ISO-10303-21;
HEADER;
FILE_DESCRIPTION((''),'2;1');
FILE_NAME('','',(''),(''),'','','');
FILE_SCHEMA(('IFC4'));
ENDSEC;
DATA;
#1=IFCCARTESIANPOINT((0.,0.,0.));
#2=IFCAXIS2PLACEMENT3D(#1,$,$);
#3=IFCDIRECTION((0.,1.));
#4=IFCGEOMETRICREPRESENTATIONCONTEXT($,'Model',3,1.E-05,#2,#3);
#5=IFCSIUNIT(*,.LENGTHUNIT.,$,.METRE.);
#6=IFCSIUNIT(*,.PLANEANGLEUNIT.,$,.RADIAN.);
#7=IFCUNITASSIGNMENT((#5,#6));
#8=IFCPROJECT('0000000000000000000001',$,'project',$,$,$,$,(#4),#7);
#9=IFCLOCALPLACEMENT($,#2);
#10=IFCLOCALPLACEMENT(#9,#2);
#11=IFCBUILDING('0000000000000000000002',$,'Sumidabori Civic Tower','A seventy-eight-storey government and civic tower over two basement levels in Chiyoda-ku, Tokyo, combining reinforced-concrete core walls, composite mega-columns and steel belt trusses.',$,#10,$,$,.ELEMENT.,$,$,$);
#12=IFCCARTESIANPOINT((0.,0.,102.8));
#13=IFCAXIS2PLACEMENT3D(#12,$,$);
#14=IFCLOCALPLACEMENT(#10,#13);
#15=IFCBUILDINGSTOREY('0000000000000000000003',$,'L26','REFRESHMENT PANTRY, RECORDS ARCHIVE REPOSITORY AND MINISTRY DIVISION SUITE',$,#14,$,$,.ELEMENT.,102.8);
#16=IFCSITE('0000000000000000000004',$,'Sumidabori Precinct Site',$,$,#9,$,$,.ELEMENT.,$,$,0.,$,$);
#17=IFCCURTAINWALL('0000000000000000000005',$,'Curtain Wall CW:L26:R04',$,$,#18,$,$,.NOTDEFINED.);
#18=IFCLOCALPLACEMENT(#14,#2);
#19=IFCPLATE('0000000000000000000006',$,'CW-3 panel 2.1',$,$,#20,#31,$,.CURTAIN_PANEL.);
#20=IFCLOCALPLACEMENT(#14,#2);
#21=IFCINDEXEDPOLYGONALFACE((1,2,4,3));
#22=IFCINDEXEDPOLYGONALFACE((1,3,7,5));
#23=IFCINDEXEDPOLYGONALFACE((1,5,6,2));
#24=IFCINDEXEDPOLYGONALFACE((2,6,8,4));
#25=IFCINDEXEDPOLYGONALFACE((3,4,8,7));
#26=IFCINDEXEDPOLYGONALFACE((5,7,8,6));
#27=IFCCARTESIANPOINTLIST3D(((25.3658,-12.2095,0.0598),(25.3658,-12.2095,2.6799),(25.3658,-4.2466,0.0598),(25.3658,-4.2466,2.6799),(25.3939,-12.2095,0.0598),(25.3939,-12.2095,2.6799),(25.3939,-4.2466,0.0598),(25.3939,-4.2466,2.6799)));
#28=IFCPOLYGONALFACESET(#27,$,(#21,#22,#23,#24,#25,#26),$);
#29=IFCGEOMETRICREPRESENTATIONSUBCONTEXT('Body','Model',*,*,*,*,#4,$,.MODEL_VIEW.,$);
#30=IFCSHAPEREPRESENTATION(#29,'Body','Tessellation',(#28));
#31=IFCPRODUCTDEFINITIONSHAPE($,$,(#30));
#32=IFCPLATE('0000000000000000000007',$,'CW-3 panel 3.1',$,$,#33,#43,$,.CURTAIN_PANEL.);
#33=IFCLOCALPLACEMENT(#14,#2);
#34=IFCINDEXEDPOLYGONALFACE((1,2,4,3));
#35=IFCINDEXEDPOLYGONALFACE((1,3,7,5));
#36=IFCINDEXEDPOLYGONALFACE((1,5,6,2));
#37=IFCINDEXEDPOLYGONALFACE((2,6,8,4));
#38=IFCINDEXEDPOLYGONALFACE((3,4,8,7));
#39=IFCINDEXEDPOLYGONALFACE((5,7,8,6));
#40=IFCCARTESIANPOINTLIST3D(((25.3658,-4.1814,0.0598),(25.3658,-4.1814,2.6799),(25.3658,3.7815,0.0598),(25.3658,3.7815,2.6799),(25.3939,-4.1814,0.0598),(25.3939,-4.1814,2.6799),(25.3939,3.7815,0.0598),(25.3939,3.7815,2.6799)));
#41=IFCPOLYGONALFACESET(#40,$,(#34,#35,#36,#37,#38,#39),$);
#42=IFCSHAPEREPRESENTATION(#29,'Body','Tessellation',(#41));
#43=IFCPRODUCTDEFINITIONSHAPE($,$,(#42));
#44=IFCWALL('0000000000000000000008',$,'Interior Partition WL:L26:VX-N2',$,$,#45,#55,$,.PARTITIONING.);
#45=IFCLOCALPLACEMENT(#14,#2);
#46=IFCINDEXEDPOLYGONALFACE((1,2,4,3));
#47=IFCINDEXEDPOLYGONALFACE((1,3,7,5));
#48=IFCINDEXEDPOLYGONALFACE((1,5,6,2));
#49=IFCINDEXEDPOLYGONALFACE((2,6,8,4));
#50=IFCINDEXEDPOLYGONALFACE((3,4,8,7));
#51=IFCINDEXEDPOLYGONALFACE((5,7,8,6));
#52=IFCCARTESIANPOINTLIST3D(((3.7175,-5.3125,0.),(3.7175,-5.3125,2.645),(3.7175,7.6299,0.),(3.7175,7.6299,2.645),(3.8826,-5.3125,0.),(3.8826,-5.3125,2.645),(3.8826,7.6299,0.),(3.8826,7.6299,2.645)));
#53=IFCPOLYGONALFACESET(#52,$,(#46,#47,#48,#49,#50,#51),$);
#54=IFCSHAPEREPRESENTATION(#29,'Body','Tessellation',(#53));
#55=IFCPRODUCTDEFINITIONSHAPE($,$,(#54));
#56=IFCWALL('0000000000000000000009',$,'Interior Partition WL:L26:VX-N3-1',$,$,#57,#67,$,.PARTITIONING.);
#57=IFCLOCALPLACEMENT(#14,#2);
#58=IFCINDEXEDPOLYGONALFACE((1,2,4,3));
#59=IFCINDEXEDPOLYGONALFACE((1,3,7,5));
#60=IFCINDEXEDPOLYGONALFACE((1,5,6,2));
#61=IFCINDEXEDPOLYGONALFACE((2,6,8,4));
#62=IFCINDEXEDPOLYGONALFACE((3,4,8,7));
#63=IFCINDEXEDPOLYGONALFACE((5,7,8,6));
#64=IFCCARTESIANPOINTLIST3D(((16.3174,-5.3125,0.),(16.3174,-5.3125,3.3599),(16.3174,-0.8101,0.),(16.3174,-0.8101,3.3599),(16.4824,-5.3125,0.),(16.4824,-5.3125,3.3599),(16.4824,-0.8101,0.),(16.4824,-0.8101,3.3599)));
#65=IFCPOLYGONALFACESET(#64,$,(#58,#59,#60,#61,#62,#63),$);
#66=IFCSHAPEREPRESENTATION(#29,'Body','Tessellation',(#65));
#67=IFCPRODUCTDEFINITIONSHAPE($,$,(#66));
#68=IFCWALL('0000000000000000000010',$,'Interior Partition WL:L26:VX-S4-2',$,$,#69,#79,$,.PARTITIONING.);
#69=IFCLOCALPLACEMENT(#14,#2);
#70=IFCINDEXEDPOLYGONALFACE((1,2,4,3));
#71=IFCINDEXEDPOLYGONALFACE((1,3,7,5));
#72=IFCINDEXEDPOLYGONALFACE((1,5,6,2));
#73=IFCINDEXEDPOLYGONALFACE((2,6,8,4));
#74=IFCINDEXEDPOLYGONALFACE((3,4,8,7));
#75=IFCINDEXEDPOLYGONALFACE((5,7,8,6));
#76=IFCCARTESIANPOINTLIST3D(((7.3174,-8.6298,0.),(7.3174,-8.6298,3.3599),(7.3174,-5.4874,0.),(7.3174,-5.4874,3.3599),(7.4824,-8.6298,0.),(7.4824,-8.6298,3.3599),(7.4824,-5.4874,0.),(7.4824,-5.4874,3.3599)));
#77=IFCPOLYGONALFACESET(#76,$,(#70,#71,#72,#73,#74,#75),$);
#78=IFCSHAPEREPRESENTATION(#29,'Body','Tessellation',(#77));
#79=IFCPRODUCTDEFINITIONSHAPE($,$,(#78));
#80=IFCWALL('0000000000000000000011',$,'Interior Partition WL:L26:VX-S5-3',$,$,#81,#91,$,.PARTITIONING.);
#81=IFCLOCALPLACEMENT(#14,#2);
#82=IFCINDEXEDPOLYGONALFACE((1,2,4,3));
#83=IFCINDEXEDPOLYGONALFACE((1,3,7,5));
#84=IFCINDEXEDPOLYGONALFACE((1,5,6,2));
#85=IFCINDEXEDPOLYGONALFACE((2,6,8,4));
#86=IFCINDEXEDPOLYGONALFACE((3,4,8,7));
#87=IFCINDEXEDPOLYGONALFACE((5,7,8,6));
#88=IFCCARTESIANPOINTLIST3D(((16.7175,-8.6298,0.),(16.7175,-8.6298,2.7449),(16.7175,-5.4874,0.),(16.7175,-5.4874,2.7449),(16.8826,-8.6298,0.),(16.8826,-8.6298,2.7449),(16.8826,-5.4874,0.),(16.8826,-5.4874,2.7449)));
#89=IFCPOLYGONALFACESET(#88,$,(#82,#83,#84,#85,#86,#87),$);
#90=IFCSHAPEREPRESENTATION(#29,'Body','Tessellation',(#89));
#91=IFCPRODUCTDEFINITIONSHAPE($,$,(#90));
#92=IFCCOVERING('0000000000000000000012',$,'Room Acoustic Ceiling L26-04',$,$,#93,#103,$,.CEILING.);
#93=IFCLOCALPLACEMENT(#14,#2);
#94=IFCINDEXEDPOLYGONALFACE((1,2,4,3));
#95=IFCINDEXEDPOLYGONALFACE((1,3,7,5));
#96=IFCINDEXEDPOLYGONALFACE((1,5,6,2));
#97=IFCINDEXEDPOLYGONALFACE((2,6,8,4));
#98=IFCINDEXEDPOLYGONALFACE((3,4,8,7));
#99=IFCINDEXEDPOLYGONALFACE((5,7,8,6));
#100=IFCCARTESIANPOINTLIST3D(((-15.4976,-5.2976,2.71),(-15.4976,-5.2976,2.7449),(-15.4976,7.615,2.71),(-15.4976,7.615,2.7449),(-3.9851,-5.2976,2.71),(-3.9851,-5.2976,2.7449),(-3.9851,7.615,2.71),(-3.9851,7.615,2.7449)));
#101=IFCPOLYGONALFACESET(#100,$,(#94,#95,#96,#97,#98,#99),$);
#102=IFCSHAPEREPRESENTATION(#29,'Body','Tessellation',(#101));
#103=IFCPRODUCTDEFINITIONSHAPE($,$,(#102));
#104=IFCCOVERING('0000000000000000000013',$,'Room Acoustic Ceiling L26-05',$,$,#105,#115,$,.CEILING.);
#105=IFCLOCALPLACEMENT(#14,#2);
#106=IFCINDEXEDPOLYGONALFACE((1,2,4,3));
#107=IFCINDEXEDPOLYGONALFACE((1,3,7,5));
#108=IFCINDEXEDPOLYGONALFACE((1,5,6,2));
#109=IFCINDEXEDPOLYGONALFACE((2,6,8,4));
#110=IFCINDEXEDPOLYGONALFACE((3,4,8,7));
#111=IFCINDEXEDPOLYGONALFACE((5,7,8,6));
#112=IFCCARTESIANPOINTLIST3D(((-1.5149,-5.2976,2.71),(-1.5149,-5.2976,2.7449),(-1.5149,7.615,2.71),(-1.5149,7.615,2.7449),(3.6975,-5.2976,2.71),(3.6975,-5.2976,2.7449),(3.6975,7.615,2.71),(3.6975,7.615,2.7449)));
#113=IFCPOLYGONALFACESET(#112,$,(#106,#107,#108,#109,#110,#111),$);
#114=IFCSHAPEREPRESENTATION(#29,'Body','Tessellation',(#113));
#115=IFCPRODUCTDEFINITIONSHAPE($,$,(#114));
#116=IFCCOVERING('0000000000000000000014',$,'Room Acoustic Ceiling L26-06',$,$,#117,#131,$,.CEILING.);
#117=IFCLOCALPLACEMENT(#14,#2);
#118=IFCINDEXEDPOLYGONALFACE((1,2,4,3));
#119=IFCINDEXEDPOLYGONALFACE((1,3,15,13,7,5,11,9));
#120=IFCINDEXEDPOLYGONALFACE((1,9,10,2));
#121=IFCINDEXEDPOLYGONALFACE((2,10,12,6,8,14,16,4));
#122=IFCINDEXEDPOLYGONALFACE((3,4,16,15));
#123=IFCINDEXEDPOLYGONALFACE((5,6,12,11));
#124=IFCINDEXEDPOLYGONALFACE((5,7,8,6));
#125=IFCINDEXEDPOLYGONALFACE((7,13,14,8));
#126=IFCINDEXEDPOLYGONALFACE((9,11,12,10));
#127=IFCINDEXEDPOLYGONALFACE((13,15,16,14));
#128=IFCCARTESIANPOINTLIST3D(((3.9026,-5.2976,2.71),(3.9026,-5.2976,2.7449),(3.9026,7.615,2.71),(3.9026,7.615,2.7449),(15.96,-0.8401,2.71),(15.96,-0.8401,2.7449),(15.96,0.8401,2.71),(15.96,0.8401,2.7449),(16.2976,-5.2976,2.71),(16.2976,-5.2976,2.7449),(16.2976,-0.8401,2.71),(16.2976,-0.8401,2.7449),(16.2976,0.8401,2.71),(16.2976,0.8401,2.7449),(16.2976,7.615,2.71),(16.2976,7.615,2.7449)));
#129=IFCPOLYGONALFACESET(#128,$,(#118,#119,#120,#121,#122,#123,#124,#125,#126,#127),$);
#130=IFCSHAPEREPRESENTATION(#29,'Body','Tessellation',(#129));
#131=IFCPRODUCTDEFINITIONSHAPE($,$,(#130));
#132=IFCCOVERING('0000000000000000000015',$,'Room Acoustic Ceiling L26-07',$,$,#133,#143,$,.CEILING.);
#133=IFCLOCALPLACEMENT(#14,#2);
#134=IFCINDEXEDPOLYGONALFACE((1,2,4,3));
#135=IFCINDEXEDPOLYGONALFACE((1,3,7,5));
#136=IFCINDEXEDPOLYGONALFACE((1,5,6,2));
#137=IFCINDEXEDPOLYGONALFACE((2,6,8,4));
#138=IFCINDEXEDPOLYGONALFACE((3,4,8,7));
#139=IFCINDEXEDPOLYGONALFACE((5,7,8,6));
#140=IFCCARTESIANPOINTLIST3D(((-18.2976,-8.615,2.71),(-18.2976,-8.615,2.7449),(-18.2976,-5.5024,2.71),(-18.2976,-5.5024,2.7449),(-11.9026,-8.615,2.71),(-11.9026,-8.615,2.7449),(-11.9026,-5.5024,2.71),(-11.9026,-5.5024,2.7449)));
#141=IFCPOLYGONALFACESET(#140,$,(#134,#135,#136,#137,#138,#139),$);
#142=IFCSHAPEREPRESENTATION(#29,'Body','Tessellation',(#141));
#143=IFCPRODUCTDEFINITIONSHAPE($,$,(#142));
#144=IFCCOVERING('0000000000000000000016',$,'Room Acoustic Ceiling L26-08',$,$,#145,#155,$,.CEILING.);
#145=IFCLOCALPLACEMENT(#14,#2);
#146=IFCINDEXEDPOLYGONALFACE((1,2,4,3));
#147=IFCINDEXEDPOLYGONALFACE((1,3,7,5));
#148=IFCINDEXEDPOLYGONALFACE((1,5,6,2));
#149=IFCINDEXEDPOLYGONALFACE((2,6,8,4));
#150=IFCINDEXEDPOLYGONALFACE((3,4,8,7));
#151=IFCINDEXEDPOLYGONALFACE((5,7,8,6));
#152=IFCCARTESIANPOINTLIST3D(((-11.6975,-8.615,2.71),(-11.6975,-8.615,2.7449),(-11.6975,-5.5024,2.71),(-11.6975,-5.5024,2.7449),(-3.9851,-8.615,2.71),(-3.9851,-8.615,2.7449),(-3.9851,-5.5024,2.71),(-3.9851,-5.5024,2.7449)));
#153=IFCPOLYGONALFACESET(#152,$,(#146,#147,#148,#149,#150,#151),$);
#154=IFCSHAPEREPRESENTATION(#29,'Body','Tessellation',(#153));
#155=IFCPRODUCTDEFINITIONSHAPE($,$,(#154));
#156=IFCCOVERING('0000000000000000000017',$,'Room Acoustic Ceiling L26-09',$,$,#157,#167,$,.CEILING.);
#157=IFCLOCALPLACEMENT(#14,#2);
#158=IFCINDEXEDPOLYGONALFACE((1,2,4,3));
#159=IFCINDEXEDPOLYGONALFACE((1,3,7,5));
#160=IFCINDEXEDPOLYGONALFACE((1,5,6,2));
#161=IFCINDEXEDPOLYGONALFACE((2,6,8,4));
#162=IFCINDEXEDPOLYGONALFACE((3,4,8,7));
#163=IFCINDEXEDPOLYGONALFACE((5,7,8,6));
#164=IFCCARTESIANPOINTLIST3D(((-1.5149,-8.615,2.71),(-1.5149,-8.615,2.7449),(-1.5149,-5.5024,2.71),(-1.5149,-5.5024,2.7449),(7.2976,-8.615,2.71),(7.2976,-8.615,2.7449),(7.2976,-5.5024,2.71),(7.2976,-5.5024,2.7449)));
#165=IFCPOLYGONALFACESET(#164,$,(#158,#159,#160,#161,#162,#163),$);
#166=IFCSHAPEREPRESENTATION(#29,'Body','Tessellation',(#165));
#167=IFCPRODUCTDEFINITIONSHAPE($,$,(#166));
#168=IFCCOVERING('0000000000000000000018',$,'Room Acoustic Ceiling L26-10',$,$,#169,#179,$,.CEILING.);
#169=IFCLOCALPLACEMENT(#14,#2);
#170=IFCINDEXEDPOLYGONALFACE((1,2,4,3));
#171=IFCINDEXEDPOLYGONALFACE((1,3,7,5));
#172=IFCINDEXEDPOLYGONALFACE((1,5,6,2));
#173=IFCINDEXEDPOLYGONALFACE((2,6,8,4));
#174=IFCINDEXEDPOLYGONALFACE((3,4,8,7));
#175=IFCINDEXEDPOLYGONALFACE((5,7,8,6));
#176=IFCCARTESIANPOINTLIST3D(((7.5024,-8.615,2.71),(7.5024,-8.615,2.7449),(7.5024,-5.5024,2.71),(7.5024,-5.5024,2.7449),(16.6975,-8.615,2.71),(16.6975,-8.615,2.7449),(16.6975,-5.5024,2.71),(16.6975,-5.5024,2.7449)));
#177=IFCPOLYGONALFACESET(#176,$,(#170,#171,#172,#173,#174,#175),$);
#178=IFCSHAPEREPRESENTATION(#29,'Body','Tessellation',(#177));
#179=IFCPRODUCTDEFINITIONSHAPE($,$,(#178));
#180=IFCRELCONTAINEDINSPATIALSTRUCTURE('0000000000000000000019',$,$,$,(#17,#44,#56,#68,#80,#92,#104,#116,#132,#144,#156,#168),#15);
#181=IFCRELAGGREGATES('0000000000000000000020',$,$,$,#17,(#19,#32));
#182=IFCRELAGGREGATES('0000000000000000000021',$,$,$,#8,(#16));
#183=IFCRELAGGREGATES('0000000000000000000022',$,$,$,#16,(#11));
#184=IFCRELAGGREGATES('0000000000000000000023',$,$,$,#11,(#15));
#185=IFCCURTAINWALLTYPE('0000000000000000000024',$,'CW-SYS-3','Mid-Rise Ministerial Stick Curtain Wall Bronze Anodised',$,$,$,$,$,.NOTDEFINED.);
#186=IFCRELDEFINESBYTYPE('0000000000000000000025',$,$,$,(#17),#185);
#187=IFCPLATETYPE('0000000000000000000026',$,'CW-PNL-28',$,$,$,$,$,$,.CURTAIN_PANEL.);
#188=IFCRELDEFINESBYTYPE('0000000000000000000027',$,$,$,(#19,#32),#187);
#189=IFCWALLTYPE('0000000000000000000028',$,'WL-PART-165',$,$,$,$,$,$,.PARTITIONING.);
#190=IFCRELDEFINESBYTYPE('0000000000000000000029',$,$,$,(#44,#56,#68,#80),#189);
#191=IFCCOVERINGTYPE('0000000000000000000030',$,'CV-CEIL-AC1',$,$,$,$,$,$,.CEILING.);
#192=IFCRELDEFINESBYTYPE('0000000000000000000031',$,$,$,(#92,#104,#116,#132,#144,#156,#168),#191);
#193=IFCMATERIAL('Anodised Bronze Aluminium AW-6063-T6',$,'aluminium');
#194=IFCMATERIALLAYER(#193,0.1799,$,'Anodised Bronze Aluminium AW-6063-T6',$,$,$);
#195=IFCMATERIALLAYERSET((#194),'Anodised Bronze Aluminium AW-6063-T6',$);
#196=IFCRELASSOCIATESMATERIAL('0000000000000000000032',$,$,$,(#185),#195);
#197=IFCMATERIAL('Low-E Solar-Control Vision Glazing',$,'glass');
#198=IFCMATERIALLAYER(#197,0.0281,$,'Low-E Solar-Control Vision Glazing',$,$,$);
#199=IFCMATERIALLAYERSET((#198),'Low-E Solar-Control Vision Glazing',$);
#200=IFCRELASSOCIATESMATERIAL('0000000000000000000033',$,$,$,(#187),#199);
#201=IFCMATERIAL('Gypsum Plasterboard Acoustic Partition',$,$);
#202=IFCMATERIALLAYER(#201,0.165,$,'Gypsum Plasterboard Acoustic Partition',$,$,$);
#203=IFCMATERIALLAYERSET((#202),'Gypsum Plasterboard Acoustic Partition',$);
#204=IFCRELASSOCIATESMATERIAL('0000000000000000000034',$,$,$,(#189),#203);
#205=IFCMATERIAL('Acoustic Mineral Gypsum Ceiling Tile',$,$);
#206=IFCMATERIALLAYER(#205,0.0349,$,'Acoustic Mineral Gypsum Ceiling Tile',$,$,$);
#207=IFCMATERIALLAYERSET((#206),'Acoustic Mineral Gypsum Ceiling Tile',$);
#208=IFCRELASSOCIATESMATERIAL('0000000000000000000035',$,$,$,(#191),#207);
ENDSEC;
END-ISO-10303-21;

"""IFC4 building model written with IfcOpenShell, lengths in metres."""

from ifc_helpers import new_model, si_unit, direction, frame, frame_2d, origin, origin_2d, place, context, subcontext, project, spatial, polyline, rectangle, outline, extrude, source, transform, mapped, material, layer, layer_set, type_object, element, aggregate, save


model = new_model("IFC4")

# Units and contexts
model_context = context("Model", 3, precision=1e-05, world=origin(), true_north=direction((0.0, 1.0)))
body_context = subcontext(model_context, "Body", "Model", "MODEL_VIEW")
ifc_project = project(units=[si_unit("LENGTHUNIT", "METRE"), si_unit("PLANEANGLEUNIT", "RADIAN")], contexts=[model_context])

# Site, building, storey
site_placement = place(None, origin())
site = spatial("IfcSite", under=ifc_project, at=site_placement, Name="Sumidabori Precinct Site", CompositionType="ELEMENT", RefElevation=0.0)
building_placement = place(site_placement, origin())
building = spatial("IfcBuilding", under=site, at=building_placement, Name="Sumidabori Civic Tower", Description="A seventy-eight-storey government and civic tower over two basement levels in Chiyoda-ku, Tokyo, combining reinforced-concrete core walls, composite mega-columns and steel belt trusses.", CompositionType="ELEMENT")
storey_placement = place(building_placement, frame((0.0, 0.0, 102.8)))
storey = spatial("IfcBuildingStorey", under=building, at=storey_placement, Name="L26", Description="REFRESHMENT PANTRY, RECORDS ARCHIVE REPOSITORY AND MINISTRY DIVISION SUITE", CompositionType="ELEMENT", Elevation=102.8)

# Curtain wall, plates
ifc_material_1 = material(Name="Anodised Bronze Aluminium AW-6063-T6", Category="aluminium")
ifc_layer_1 = layer(ifc_material_1, 0.1799, Name="Anodised Bronze Aluminium AW-6063-T6")
ifc_layer_set_1 = layer_set([ifc_layer_1], Name="Anodised Bronze Aluminium AW-6063-T6")
curtain_wall_type = type_object("IfcCurtainWallType", Name="CW-SYS-3", Description="Mid-Rise Ministerial Stick Curtain Wall Bronze Anodised", PredefinedType="NOTDEFINED", material=ifc_layer_set_1)
curtain_wall_placement = place(storey_placement, origin())
curtain_wall = element("IfcCurtainWall", 1, at=curtain_wall_placement, inside=storey, type_object=curtain_wall_type, Name="Curtain Wall CW:L26:R04", PredefinedType="NOTDEFINED")
ifc_material_2 = material(Name="Low-E Solar-Control Vision Glazing", Category="glass")
ifc_layer_2 = layer(ifc_material_2, 0.0281, Name="Low-E Solar-Control Vision Glazing")
ifc_layer_set_2 = layer_set([ifc_layer_2], Name="Low-E Solar-Control Vision Glazing")
plate_type = type_object("IfcPlateType", Name="CW-PNL-28", PredefinedType="CURTAIN_PANEL", material=ifc_layer_set_2)
shared_shape_1 = source(origin(), body_context, "Body", "SweptSolid", [
    extrude(rectangle(XDim=7.9629, YDim=0.0281, at=origin_2d()), origin(), (0.0, 0.0, 1.0), 2.6201),
])
plate_1_placement = place(storey_placement, frame((25.3799, -8.228, 0.0598), z_axis=(0.0, 0.0, 1.0), x_axis=(0.0, 1.0, 0.0)))
plate_1 = element("IfcPlate", 2, at=plate_1_placement, type_object=plate_type, Name="CW-3 panel 2.1", PredefinedType="CURTAIN_PANEL", context=body_context, shape_type="MappedRepresentation", body=[
    mapped(shared_shape_1, transform((0.0, 0.0, 0.0), x_axis=(1.0, 0.0, 0.0), y_axis=(0.0, 1.0, 0.0), z_axis=(0.0, 0.0, 1.0), scale=1.0)),
])
plate_2_placement = place(storey_placement, frame((25.3799, -0.2, 0.0598), z_axis=(0.0, 0.0, 1.0), x_axis=(0.0, 1.0, 0.0)))
plate_2 = element("IfcPlate", 3, at=plate_2_placement, type_object=plate_type, Name="CW-3 panel 3.1", PredefinedType="CURTAIN_PANEL", context=body_context, shape_type="MappedRepresentation", body=[
    mapped(shared_shape_1, transform((0.0, 0.0, 0.0), x_axis=(1.0, 0.0, 0.0), y_axis=(0.0, 1.0, 0.0), z_axis=(0.0, 0.0, 1.0), scale=1.0)),
])
aggregate(curtain_wall, [plate_1, plate_2])

# Walls
ifc_material_3 = material(Name="Gypsum Plasterboard Acoustic Partition")
ifc_layer_3 = layer(ifc_material_3, 0.165, Name="Gypsum Plasterboard Acoustic Partition")
ifc_layer_set_3 = layer_set([ifc_layer_3], Name="Gypsum Plasterboard Acoustic Partition")
wall_type = type_object("IfcWallType", Name="WL-PART-165", PredefinedType="PARTITIONING", material=ifc_layer_set_3)
shared_shape_2 = source(origin(), body_context, "Body", "SweptSolid", [
    extrude(rectangle(XDim=12.9424, YDim=0.165, at=frame_2d((6.4712, 0.0))), origin(), (0.0, 0.0, 1.0), 2.645),
])
wall_1_placement = place(storey_placement, frame((3.8, -5.3125, 0.0), z_axis=(0.0, 0.0, 1.0), x_axis=(0.0, 1.0, 0.0)))
element("IfcWall", 4, at=wall_1_placement, inside=storey, type_object=wall_type, Name="Interior Partition WL:L26:VX-N2", PredefinedType="PARTITIONING", context=body_context, shape_type="MappedRepresentation", body=[
    mapped(shared_shape_2, transform((0.0, 0.0, 0.0), x_axis=(1.0, 0.0, 0.0), y_axis=(0.0, 1.0, 0.0), z_axis=(0.0, 0.0, 1.0), scale=1.0)),
])
shared_shape_3 = source(origin(), body_context, "Body", "SweptSolid", [
    extrude(rectangle(XDim=4.5024, YDim=0.165, at=frame_2d((2.2512, 0.0))), origin(), (0.0, 0.0, 1.0), 3.3599),
])
wall_2_placement = place(storey_placement, frame((16.3999, -5.3125, 0.0), z_axis=(0.0, 0.0, 1.0), x_axis=(0.0, 1.0, 0.0)))
element("IfcWall", 5, at=wall_2_placement, inside=storey, type_object=wall_type, Name="Interior Partition WL:L26:VX-N3-1", PredefinedType="PARTITIONING", context=body_context, shape_type="MappedRepresentation", body=[
    mapped(shared_shape_3, transform((0.0, 0.0, 0.0), x_axis=(1.0, 0.0, 0.0), y_axis=(0.0, 1.0, 0.0), z_axis=(0.0, 0.0, 1.0), scale=1.0)),
])
shared_shape_4 = source(origin(), body_context, "Body", "SweptSolid", [
    extrude(rectangle(XDim=3.1423, YDim=0.165, at=frame_2d((1.5713, 0.0))), origin(), (0.0, 0.0, 1.0), 3.3599),
])
wall_3_placement = place(storey_placement, frame((7.3999, -8.6299, 0.0), z_axis=(0.0, 0.0, 1.0), x_axis=(0.0, 1.0, 0.0)))
element("IfcWall", 6, at=wall_3_placement, inside=storey, type_object=wall_type, Name="Interior Partition WL:L26:VX-S4-2", PredefinedType="PARTITIONING", context=body_context, shape_type="MappedRepresentation", body=[
    mapped(shared_shape_4, transform((0.0, 0.0, 0.0), x_axis=(1.0, 0.0, 0.0), y_axis=(0.0, 1.0, 0.0), z_axis=(0.0, 0.0, 1.0), scale=1.0)),
])
shared_shape_5 = source(origin(), body_context, "Body", "SweptSolid", [
    extrude(rectangle(XDim=3.1423, YDim=0.165, at=frame_2d((1.5713, 0.0))), origin(), (0.0, 0.0, 1.0), 2.7449),
])
wall_4_placement = place(storey_placement, frame((16.8, -8.6299, 0.0), z_axis=(0.0, 0.0, 1.0), x_axis=(0.0, 1.0, 0.0)))
element("IfcWall", 7, at=wall_4_placement, inside=storey, type_object=wall_type, Name="Interior Partition WL:L26:VX-S5-3", PredefinedType="PARTITIONING", context=body_context, shape_type="MappedRepresentation", body=[
    mapped(shared_shape_5, transform((0.0, 0.0, 0.0), x_axis=(1.0, 0.0, 0.0), y_axis=(0.0, 1.0, 0.0), z_axis=(0.0, 0.0, 1.0), scale=1.0)),
])

# Coverings
ifc_material_4 = material(Name="Acoustic Mineral Gypsum Ceiling Tile")
ifc_layer_4 = layer(ifc_material_4, 0.0349, Name="Acoustic Mineral Gypsum Ceiling Tile")
ifc_layer_set_4 = layer_set([ifc_layer_4], Name="Acoustic Mineral Gypsum Ceiling Tile")
covering_type_1 = type_object("IfcCoveringType", Name="CV-CEIL-AC1", PredefinedType="CEILING", material=ifc_layer_set_4)
covering_1_placement = place(storey_placement, frame((0.0, 0.0, 2.71)))
element("IfcCovering", 8, at=covering_1_placement, inside=storey, type_object=covering_type_1, Name="Room Acoustic Ceiling L26-04", PredefinedType="CEILING", context=body_context, shape_type="SweptSolid", body=[
    extrude(outline(polyline([(-15.4976, 7.615), (-3.9851, 7.615), (-3.9851, -5.2976), (-15.4976, -5.2976), (-15.4976, 7.615)])), origin(), (0.0, 0.0, 1.0), 0.0349),
])
covering_2_placement = place(storey_placement, frame((0.0, 0.0, 2.71)))
element("IfcCovering", 9, at=covering_2_placement, inside=storey, type_object=covering_type_1, Name="Room Acoustic Ceiling L26-05", PredefinedType="CEILING", context=body_context, shape_type="SweptSolid", body=[
    extrude(outline(polyline([(-1.5149, 7.615), (3.6975, 7.615), (3.6975, -5.2976), (-1.5149, -5.2976), (-1.5149, 7.615)])), origin(), (0.0, 0.0, 1.0), 0.0349),
])
covering_3_placement = place(storey_placement, frame((0.0, 0.0, 2.71)))
element("IfcCovering", 10, at=covering_3_placement, inside=storey, type_object=covering_type_1, Name="Room Acoustic Ceiling L26-06", PredefinedType="CEILING", context=body_context, shape_type="SweptSolid", body=[
    extrude(outline(polyline([(3.9026, 7.615), (16.2976, 7.615), (16.2976, 0.8401), (15.96, 0.8401), (15.96, -0.8401), (16.2976, -0.8401), (16.2976, -5.2976), (3.9026, -5.2976), (3.9026, 7.615)])), origin(), (0.0, 0.0, 1.0), 0.0349),
])
covering_4_placement = place(storey_placement, frame((0.0, 0.0, 2.71)))
element("IfcCovering", 11, at=covering_4_placement, inside=storey, type_object=covering_type_1, Name="Room Acoustic Ceiling L26-07", PredefinedType="CEILING", context=body_context, shape_type="SweptSolid", body=[
    extrude(outline(polyline([(-18.2976, -8.615), (-18.2976, -5.5024), (-11.9026, -5.5024), (-11.9026, -8.615), (-18.2976, -8.615)])), origin(), (0.0, 0.0, 1.0), 0.0349),
])
covering_5_placement = place(storey_placement, frame((0.0, 0.0, 2.71)))
element("IfcCovering", 12, at=covering_5_placement, inside=storey, type_object=covering_type_1, Name="Room Acoustic Ceiling L26-08", PredefinedType="CEILING", context=body_context, shape_type="SweptSolid", body=[
    extrude(outline(polyline([(-3.9851, -8.615), (-11.6975, -8.615), (-11.6975, -5.5024), (-3.9851, -5.5024), (-3.9851, -8.615)])), origin(), (0.0, 0.0, 1.0), 0.0349),
])
covering_6_placement = place(storey_placement, frame((0.0, 0.0, 2.71)))
element("IfcCovering", 13, at=covering_6_placement, inside=storey, type_object=covering_type_1, Name="Room Acoustic Ceiling L26-09", PredefinedType="CEILING", context=body_context, shape_type="SweptSolid", body=[
    extrude(outline(polyline([(-1.5149, -8.615), (-1.5149, -5.5024), (7.2976, -5.5024), (7.2976, -8.615), (-1.5149, -8.615)])), origin(), (0.0, 0.0, 1.0), 0.0349),
])
covering_7_placement = place(storey_placement, frame((0.0, 0.0, 2.71)))
element("IfcCovering", 14, at=covering_7_placement, inside=storey, type_object=covering_type_1, Name="Room Acoustic Ceiling L26-10", PredefinedType="CEILING", context=body_context, shape_type="SweptSolid", body=[
    extrude(outline(polyline([(7.5024, -8.615), (7.5024, -5.5024), (16.6975, -5.5024), (16.6975, -8.615), (7.5024, -8.615)])), origin(), (0.0, 0.0, 1.0), 0.0349),
])

save(model, "model.ifc")
